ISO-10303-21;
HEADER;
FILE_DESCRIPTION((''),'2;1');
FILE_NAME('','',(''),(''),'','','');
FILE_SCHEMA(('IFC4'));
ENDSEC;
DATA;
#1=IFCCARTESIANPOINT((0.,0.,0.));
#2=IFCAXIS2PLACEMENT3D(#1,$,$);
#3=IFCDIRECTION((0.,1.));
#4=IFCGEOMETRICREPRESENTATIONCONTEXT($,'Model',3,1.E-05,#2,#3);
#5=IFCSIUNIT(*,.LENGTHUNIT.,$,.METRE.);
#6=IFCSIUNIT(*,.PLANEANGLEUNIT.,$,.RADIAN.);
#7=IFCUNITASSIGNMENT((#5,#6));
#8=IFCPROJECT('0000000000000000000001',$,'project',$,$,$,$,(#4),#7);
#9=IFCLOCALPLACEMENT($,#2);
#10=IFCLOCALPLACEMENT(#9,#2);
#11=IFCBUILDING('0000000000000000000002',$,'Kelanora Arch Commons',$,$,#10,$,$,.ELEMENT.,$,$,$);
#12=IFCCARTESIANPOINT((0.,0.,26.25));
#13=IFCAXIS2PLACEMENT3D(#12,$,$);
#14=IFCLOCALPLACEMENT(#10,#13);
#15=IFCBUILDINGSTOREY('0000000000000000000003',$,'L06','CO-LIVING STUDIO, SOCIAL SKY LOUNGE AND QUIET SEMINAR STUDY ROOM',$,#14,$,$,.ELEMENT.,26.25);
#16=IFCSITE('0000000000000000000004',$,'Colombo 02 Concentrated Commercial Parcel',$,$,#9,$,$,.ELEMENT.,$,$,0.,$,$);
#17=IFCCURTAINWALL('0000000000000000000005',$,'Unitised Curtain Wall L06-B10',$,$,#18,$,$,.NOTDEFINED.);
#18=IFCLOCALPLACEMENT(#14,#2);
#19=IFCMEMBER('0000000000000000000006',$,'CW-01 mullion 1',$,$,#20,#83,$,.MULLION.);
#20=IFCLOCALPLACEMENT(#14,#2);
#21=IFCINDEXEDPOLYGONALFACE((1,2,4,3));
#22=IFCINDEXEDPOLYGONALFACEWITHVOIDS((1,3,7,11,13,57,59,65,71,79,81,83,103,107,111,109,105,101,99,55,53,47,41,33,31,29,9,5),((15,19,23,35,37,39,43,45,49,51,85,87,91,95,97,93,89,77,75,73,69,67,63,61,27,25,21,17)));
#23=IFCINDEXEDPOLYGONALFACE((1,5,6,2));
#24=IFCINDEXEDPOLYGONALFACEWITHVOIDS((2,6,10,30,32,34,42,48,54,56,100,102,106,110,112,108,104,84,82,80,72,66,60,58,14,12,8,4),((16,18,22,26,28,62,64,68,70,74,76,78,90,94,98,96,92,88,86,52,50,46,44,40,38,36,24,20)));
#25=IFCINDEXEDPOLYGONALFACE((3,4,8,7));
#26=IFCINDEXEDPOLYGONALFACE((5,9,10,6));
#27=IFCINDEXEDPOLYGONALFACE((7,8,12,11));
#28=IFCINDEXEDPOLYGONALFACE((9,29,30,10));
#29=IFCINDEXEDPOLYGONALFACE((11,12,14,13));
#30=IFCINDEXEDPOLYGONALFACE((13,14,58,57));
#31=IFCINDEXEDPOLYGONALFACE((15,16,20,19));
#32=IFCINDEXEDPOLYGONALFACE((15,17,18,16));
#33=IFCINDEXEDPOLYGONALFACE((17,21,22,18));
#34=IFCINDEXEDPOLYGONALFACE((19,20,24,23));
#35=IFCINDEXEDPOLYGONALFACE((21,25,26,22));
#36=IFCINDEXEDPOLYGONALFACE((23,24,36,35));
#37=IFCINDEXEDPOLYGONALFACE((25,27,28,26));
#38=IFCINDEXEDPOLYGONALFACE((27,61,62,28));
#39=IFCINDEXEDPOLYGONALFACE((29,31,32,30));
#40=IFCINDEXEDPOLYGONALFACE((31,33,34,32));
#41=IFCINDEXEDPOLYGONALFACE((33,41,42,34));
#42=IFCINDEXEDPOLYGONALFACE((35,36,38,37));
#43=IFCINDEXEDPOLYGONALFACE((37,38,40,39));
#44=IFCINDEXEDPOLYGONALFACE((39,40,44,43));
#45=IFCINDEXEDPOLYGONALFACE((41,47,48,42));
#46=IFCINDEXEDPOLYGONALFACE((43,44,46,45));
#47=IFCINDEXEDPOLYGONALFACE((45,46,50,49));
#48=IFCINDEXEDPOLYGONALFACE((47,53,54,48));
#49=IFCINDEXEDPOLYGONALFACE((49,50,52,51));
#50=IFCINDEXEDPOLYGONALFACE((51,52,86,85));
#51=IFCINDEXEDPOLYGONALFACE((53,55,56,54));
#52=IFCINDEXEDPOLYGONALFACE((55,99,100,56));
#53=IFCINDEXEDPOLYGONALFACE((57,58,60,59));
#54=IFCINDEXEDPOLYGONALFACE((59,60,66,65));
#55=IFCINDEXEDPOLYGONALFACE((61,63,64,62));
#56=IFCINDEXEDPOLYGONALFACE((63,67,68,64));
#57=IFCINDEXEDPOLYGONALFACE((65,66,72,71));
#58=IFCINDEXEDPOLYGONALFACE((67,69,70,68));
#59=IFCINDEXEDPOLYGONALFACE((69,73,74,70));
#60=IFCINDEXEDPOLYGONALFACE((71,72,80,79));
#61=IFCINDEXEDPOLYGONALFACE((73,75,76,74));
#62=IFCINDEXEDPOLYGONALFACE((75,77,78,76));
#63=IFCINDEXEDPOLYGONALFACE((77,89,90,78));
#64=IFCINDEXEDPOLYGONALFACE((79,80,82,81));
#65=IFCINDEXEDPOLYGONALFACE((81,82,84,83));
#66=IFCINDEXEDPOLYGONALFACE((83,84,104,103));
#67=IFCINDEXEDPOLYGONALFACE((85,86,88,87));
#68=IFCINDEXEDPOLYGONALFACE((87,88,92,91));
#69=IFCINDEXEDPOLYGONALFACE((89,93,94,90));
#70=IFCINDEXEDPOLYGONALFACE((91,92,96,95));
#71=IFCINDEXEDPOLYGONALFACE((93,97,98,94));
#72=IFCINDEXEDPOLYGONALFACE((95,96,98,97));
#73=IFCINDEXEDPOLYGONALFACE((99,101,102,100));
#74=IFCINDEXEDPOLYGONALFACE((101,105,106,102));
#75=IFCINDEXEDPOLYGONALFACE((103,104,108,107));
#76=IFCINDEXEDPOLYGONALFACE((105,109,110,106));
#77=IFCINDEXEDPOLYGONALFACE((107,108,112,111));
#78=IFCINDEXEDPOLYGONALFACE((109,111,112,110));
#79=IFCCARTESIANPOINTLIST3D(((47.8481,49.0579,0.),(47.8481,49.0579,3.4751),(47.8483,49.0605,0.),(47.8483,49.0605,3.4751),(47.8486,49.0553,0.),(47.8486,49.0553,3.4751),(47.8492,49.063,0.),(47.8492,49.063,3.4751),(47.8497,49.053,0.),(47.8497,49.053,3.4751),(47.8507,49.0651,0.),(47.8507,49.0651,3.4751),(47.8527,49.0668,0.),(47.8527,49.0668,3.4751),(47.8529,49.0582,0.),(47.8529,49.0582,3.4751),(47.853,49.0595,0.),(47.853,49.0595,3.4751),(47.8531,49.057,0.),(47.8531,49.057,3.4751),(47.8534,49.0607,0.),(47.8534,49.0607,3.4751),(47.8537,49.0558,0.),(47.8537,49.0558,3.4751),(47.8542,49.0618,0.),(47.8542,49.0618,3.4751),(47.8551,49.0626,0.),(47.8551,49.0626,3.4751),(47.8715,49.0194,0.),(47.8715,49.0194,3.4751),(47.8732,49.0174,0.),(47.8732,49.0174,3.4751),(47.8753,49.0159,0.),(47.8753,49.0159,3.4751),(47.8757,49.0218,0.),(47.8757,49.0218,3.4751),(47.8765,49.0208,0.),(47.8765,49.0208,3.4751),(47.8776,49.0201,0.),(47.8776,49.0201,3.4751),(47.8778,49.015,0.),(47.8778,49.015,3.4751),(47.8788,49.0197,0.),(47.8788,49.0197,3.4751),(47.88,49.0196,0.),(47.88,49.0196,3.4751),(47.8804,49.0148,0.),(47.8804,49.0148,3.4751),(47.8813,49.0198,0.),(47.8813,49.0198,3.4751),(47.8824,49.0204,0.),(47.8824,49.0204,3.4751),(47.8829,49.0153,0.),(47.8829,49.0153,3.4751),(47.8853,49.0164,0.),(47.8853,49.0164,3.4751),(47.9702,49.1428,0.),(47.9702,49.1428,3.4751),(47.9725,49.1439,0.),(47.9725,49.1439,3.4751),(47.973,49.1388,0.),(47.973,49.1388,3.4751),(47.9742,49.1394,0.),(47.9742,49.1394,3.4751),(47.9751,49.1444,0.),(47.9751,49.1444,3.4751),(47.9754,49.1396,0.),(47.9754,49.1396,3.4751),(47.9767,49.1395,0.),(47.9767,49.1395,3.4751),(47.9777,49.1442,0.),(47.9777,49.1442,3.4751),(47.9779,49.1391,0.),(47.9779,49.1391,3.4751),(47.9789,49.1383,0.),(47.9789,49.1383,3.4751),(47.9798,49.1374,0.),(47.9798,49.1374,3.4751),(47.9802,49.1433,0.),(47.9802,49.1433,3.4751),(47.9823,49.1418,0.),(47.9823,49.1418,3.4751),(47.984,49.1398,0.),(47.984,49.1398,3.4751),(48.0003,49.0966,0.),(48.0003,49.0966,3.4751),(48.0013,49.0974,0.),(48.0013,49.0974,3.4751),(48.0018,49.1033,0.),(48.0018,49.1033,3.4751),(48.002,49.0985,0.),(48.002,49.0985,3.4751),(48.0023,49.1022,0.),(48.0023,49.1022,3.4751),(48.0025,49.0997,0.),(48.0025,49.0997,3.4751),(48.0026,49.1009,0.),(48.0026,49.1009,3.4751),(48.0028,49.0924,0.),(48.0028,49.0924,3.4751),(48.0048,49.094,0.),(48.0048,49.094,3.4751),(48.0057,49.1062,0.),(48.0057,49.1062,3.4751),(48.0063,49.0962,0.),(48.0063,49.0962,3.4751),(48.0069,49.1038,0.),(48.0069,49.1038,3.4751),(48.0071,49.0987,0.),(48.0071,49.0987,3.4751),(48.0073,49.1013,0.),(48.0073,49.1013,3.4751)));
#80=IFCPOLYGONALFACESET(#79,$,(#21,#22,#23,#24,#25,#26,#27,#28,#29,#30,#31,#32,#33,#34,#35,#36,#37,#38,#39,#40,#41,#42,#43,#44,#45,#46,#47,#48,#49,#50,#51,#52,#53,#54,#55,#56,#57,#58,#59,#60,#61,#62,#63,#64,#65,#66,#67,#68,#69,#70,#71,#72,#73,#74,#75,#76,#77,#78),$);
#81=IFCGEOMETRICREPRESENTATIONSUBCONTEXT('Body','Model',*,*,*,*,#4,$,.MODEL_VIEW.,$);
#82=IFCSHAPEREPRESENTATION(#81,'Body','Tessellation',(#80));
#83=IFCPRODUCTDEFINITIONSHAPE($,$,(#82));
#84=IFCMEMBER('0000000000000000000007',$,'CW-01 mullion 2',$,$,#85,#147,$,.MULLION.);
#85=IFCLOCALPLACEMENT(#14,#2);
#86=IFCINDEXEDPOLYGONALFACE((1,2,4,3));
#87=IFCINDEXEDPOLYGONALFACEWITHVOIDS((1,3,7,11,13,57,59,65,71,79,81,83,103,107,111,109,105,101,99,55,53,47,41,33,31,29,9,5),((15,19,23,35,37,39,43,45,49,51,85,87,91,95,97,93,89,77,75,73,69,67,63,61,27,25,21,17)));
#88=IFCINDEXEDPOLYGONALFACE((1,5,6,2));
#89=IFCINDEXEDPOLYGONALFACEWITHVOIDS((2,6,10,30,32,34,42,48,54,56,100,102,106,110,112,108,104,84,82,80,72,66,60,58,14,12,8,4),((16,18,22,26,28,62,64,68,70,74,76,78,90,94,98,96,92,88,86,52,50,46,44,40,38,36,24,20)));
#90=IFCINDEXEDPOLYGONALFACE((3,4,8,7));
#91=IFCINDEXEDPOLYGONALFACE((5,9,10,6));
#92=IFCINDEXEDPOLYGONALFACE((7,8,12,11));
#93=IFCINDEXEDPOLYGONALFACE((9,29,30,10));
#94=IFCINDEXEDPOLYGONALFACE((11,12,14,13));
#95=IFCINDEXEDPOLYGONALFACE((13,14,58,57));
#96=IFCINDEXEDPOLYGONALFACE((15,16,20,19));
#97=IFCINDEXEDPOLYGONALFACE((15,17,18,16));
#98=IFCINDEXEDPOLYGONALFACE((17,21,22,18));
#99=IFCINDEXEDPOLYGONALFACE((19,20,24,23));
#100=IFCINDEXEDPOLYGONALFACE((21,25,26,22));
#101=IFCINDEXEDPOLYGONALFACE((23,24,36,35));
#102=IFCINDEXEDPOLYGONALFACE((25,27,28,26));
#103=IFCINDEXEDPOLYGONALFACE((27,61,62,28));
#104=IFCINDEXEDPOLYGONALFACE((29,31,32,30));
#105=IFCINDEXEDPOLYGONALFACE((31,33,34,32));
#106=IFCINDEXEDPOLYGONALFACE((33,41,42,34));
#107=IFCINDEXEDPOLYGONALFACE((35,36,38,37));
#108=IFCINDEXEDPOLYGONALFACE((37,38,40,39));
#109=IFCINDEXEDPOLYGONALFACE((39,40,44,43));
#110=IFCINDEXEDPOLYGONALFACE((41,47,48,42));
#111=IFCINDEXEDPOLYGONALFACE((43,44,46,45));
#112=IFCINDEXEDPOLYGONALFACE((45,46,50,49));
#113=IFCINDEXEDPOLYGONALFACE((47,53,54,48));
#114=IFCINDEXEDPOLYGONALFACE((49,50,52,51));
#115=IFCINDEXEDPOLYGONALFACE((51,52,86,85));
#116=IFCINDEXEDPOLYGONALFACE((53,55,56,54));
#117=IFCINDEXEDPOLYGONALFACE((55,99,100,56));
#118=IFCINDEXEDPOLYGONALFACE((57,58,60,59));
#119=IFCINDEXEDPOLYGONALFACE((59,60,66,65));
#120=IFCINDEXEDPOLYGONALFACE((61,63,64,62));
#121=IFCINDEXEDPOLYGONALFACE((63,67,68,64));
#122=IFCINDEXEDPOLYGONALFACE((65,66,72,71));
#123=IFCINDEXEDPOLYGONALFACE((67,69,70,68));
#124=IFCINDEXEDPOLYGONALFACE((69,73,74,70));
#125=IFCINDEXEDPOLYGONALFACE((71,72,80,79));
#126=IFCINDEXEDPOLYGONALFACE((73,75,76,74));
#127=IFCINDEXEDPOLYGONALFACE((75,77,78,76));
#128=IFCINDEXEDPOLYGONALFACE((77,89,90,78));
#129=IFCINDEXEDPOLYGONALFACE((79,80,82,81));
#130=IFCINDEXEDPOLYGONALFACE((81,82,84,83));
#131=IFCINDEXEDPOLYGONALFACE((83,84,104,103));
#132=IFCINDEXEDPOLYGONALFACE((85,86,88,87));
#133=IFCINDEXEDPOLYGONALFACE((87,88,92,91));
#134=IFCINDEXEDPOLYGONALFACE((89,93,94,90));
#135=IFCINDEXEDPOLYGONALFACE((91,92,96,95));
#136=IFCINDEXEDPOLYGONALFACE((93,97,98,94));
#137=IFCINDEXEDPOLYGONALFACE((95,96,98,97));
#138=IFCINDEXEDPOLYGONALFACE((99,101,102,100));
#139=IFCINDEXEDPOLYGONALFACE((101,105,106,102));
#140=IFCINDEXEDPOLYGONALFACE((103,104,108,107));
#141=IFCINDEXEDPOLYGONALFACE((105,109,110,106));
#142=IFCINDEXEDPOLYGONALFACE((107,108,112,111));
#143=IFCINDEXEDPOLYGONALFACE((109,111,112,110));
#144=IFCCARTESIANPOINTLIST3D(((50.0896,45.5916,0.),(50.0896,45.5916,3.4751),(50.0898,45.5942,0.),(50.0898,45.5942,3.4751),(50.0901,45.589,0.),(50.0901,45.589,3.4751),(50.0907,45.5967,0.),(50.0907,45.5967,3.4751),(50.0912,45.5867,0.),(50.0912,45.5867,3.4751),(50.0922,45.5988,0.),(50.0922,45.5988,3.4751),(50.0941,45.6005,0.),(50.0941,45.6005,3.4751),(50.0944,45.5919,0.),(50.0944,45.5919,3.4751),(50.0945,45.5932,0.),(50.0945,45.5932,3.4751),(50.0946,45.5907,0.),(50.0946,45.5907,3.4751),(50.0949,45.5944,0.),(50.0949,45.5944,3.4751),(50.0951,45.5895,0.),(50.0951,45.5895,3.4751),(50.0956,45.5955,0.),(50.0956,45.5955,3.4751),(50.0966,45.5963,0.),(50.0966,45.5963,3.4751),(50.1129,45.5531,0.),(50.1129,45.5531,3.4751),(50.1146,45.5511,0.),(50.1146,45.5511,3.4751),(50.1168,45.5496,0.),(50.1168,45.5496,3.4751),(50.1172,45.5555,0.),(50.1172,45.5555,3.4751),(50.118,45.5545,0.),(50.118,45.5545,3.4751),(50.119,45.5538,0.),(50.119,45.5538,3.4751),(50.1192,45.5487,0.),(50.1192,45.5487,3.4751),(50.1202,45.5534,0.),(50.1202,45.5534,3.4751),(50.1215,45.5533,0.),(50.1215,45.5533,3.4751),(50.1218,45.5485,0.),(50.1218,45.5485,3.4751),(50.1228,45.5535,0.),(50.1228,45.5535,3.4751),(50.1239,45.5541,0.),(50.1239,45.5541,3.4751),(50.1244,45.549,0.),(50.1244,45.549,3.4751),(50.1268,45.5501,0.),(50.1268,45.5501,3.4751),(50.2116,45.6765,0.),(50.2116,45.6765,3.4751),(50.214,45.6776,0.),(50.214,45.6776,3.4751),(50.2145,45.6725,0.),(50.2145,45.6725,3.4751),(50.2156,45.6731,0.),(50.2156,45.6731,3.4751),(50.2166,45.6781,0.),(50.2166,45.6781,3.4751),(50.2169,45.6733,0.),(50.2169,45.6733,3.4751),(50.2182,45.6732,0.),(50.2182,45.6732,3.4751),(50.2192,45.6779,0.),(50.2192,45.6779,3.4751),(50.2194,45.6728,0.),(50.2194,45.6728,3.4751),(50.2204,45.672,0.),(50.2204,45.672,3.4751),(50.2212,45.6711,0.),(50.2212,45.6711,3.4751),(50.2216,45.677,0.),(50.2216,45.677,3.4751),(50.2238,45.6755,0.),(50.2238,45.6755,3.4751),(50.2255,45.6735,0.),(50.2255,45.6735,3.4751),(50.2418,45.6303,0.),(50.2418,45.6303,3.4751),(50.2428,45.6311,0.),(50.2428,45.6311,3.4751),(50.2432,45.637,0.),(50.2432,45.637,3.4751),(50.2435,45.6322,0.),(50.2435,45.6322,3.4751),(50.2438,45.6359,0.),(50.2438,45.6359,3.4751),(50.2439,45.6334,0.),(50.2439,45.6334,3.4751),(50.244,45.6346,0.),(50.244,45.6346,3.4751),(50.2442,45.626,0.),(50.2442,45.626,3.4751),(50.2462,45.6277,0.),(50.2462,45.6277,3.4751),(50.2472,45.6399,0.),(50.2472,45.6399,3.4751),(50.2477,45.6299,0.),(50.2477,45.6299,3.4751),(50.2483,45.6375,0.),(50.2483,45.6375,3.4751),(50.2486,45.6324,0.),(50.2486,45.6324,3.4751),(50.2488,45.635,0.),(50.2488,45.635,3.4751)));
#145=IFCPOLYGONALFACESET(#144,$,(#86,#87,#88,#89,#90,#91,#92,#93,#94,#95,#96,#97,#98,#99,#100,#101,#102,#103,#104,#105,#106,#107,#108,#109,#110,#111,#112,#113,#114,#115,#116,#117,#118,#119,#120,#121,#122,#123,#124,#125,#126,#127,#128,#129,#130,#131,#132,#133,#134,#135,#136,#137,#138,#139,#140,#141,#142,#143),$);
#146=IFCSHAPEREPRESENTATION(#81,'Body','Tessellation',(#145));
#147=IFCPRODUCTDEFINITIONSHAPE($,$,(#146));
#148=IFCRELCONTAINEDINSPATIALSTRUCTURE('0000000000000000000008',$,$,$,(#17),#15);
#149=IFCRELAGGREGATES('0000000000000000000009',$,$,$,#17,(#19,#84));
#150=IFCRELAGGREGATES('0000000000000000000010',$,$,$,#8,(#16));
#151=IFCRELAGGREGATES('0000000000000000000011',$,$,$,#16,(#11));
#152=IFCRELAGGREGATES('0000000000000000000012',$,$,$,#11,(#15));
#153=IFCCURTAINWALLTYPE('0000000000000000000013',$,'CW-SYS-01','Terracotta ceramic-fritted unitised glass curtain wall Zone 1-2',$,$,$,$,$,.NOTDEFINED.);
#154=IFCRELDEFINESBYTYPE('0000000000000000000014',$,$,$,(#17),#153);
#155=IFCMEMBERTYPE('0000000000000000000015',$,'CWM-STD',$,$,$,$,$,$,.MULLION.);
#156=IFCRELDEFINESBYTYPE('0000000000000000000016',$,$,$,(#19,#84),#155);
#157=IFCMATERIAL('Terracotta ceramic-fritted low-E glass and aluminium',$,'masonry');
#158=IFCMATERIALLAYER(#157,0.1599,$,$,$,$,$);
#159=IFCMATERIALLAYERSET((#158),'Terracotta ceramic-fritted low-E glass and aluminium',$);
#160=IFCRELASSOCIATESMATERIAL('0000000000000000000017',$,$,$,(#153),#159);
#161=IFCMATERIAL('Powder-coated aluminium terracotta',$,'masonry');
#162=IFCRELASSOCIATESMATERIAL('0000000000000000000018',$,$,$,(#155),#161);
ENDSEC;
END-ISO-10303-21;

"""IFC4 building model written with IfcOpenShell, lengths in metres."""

from ifc_helpers import new_model, si_unit, direction, frame, origin, origin_2d, place, context, subcontext, project, spatial, hollow_rectangle, extrude, material, layer, layer_set, material_profile, profile_set, type_object, element, aggregate, save


model = new_model("IFC4")

# Units and contexts
model_context = context("Model", 3, precision=1e-05, world=origin(), true_north=direction((0.0, 1.0)))
body_context = subcontext(model_context, "Body", "Model", "MODEL_VIEW")
ifc_project = project(units=[si_unit("LENGTHUNIT", "METRE"), si_unit("PLANEANGLEUNIT", "RADIAN")], contexts=[model_context])

# Site, building, storey
site_placement = place(None, origin())
site = spatial("IfcSite", under=ifc_project, at=site_placement, Name="Colombo 02 Concentrated Commercial Parcel", CompositionType="ELEMENT", RefElevation=0.0)
building_placement = place(site_placement, origin())
building = spatial("IfcBuilding", under=site, at=building_placement, Name="Kelanora Arch Commons", CompositionType="ELEMENT")
storey_placement = place(building_placement, frame((0.0, 0.0, 26.25)))
storey = spatial("IfcBuildingStorey", under=building, at=storey_placement, Name="L06", Description="CO-LIVING STUDIO, SOCIAL SKY LOUNGE AND QUIET SEMINAR STUDY ROOM", CompositionType="ELEMENT", Elevation=26.25)

# Shared definitions
ifc_material_1 = material(Name="Terracotta ceramic-fritted low-E glass and aluminium", Category="masonry")
ifc_layer_1 = layer(ifc_material_1, 0.1599)
ifc_layer_set_1 = layer_set([ifc_layer_1], Name="Terracotta ceramic-fritted low-E glass and aluminium")
curtain_wall_type = type_object("IfcCurtainWallType", Name="CW-SYS-01", Description="Terracotta ceramic-fritted unitised glass curtain wall Zone 1-2", PredefinedType="NOTDEFINED", material=ifc_layer_set_1)
ifc_material_2 = material(Name="Powder-coated aluminium terracotta", Category="masonry")
ifc_material_profile_1 = material_profile(ifc_material_2, hollow_rectangle(XDim=0.1599, YDim=0.0601, WallThickness=0.0049, InnerFilletRadius=0.0049, OuterFilletRadius=0.01, at=origin_2d()), Name="CWM160x60")
ifc_profile_set_1 = profile_set([ifc_material_profile_1], Name="Powder-coated aluminium terracotta")
member_type_1 = type_object("IfcMemberType", Name="CWM-STD", PredefinedType="MULLION", material=ifc_profile_set_1)

# Curtain wall, members
curtain_wall_1_placement = place(storey_placement, origin())
curtain_wall_1 = element("IfcCurtainWall", 1, at=curtain_wall_1_placement, inside=storey, type_object=curtain_wall_type, Name="Unitised Curtain Wall L06-B10", PredefinedType="NOTDEFINED")
member_1_placement = place(storey_placement, frame((47.9277, 49.0796, 0.0), z_axis=(0.0, 0.0, 1.0), x_axis=(0.83973, 0.543004, 0.0)))
member_1 = element("IfcMember", 2, at=member_1_placement, type_object=member_type_1, Name="CW-01 mullion 1", PredefinedType="MULLION", context=body_context, shape_type="SweptSolid", body=[
    extrude(hollow_rectangle(XDim=0.1599, YDim=0.0601, WallThickness=0.0049, InnerFilletRadius=0.0049, OuterFilletRadius=0.01, at=origin_2d()), origin(), (0.0, 0.0, 1.0), 3.4751),
])
member_2_placement = place(storey_placement, frame((50.1692, 45.6133, 0.0), z_axis=(0.0, 0.0, 1.0), x_axis=(0.83973, 0.543004, 0.0)))
member_2 = element("IfcMember", 3, at=member_2_placement, type_object=member_type_1, Name="CW-01 mullion 2", PredefinedType="MULLION", context=body_context, shape_type="SweptSolid", body=[
    extrude(hollow_rectangle(XDim=0.1599, YDim=0.0601, WallThickness=0.0049, InnerFilletRadius=0.0049, OuterFilletRadius=0.01, at=origin_2d()), origin(), (0.0, 0.0, 1.0), 3.4751),
])

aggregate(curtain_wall_1, [member_1, member_2])

save(model, "model.ifc")
